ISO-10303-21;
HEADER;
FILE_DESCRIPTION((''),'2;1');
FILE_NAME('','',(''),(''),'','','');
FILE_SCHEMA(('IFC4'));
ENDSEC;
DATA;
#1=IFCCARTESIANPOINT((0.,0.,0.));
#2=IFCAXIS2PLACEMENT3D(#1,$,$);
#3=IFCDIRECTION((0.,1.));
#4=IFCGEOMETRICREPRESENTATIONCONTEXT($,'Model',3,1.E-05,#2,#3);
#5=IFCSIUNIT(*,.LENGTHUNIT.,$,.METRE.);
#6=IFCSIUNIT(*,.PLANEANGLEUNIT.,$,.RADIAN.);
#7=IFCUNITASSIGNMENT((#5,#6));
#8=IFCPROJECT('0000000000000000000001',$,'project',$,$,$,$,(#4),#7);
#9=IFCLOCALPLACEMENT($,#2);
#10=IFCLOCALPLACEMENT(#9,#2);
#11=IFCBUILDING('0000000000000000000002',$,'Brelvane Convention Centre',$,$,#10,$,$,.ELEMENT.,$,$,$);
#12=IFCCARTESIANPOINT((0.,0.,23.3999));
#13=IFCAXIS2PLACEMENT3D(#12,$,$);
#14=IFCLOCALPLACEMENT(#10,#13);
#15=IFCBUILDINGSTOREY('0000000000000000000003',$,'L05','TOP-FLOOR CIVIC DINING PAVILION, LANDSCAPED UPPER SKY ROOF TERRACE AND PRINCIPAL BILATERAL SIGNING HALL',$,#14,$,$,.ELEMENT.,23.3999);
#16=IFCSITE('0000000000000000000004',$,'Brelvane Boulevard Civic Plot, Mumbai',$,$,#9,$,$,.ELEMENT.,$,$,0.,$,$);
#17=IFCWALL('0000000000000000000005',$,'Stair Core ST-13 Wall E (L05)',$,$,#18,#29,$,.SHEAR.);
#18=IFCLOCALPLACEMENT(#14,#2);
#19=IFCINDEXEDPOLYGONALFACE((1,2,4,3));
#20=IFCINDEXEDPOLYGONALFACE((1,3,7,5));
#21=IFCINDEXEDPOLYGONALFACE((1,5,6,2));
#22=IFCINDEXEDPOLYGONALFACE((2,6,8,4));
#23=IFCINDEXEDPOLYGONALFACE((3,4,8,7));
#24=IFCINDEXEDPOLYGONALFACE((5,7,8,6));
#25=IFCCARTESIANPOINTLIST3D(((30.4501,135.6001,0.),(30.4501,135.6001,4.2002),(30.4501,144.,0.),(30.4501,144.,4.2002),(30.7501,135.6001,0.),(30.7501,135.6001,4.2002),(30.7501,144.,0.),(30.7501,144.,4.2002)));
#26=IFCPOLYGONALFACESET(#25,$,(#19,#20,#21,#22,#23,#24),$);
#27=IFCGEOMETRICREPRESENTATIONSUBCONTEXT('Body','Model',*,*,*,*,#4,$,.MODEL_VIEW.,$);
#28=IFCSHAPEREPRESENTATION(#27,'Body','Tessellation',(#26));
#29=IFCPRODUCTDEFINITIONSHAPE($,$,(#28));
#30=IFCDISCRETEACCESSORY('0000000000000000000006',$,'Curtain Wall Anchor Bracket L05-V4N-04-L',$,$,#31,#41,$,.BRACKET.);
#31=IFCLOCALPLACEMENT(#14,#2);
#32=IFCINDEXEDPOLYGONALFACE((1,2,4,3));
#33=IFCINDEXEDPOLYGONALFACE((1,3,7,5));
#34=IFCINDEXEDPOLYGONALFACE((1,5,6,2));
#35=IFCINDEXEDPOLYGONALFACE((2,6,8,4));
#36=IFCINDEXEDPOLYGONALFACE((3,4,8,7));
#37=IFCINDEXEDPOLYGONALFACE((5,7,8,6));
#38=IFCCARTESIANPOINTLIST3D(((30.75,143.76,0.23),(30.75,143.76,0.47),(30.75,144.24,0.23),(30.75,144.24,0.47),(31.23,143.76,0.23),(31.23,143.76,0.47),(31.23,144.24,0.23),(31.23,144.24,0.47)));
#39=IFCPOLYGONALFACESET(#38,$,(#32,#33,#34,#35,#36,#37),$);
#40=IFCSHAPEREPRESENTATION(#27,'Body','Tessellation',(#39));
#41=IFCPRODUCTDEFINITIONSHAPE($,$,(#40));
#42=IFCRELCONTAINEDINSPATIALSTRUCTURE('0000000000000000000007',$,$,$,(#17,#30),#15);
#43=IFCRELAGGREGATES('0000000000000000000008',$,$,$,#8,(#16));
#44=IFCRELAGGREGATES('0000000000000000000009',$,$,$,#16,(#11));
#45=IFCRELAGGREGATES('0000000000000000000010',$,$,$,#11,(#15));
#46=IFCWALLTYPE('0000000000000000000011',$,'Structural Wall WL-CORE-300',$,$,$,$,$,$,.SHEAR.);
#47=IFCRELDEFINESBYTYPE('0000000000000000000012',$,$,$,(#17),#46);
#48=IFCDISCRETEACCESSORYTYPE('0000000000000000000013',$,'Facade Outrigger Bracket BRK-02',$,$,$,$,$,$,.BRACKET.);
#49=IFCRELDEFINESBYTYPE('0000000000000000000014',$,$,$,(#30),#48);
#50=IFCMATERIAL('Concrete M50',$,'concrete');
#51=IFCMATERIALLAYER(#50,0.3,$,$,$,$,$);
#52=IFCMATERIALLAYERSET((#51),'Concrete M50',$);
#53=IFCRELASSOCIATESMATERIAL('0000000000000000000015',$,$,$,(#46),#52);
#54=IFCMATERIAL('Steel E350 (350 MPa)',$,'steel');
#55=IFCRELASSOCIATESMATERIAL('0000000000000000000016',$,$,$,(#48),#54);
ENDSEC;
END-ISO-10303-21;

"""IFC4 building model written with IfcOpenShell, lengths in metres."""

from ifc_helpers import new_model, si_unit, direction, frame, frame_2d, origin, origin_2d, place, context, subcontext, project, spatial, rectangle, extrude, material, layer, layer_set, type_object, element, save


model = new_model("IFC4")

# Units and contexts
model_context = context("Model", 3, precision=1e-05, world=origin(), true_north=direction((0.0, 1.0)))
body_context = subcontext(model_context, "Body", "Model", "MODEL_VIEW")
ifc_project = project(units=[si_unit("LENGTHUNIT", "METRE"), si_unit("PLANEANGLEUNIT", "RADIAN")], contexts=[model_context])

# Site, building, storey
site_placement = place(None, origin())
site = spatial("IfcSite", under=ifc_project, at=site_placement, Name="Brelvane Boulevard Civic Plot, Mumbai", CompositionType="ELEMENT", RefElevation=0.0)
building_placement = place(site_placement, origin())
building = spatial("IfcBuilding", under=site, at=building_placement, Name="Brelvane Convention Centre", CompositionType="ELEMENT")
storey_placement = place(building_placement, frame((0.0, 0.0, 23.3999)))
storey = spatial("IfcBuildingStorey", under=building, at=storey_placement, Name="L05", Description="TOP-FLOOR CIVIC DINING PAVILION, LANDSCAPED UPPER SKY ROOF TERRACE AND PRINCIPAL BILATERAL SIGNING HALL", CompositionType="ELEMENT", Elevation=23.3999)

# Wall
ifc_material_1 = material(Name="Concrete M50", Category="concrete")
ifc_layer_1 = layer(ifc_material_1, 0.3)
ifc_layer_set_1 = layer_set([ifc_layer_1], Name="Concrete M50")
wall_type_1 = type_object("IfcWallType", Name="Structural Wall WL-CORE-300", PredefinedType="SHEAR", material=ifc_layer_set_1)
wall_1_placement = place(storey_placement, frame((30.6001, 135.6001, 0.0), z_axis=(0.0, 0.0, 1.0), x_axis=(0.0, 1.0, 0.0)))
element("IfcWall", 1, at=wall_1_placement, inside=storey, type_object=wall_type_1, Name="Stair Core ST-13 Wall E (L05)", PredefinedType="SHEAR", context=body_context, shape_type="SweptSolid", body=[
    extrude(rectangle(XDim=8.3999, YDim=0.3, at=frame_2d((4.2, 0.0))), origin(), (0.0, 0.0, 1.0), 4.2002),
])

# Discrete accessory
ifc_material_2 = material(Name="Steel E350 (350 MPa)", Category="steel")
discrete_accessory_type = type_object("IfcDiscreteAccessoryType", Name="Facade Outrigger Bracket BRK-02", PredefinedType="BRACKET", material=ifc_material_2)
discrete_accessory_placement = place(storey_placement, frame((30.99, 144.0, 0.23), z_axis=(0.0, 0.0, 1.0), x_axis=(1.0, 0.0, 0.0)))
element("IfcDiscreteAccessory", 2, at=discrete_accessory_placement, inside=storey, type_object=discrete_accessory_type, Name="Curtain Wall Anchor Bracket L05-V4N-04-L", PredefinedType="BRACKET", context=body_context, shape_type="SweptSolid", body=[
    extrude(rectangle(XDim=0.48, YDim=0.48, at=origin_2d()), origin(), (0.0, 0.0, 1.0), 0.24),
])

save(model, "model.ifc")
